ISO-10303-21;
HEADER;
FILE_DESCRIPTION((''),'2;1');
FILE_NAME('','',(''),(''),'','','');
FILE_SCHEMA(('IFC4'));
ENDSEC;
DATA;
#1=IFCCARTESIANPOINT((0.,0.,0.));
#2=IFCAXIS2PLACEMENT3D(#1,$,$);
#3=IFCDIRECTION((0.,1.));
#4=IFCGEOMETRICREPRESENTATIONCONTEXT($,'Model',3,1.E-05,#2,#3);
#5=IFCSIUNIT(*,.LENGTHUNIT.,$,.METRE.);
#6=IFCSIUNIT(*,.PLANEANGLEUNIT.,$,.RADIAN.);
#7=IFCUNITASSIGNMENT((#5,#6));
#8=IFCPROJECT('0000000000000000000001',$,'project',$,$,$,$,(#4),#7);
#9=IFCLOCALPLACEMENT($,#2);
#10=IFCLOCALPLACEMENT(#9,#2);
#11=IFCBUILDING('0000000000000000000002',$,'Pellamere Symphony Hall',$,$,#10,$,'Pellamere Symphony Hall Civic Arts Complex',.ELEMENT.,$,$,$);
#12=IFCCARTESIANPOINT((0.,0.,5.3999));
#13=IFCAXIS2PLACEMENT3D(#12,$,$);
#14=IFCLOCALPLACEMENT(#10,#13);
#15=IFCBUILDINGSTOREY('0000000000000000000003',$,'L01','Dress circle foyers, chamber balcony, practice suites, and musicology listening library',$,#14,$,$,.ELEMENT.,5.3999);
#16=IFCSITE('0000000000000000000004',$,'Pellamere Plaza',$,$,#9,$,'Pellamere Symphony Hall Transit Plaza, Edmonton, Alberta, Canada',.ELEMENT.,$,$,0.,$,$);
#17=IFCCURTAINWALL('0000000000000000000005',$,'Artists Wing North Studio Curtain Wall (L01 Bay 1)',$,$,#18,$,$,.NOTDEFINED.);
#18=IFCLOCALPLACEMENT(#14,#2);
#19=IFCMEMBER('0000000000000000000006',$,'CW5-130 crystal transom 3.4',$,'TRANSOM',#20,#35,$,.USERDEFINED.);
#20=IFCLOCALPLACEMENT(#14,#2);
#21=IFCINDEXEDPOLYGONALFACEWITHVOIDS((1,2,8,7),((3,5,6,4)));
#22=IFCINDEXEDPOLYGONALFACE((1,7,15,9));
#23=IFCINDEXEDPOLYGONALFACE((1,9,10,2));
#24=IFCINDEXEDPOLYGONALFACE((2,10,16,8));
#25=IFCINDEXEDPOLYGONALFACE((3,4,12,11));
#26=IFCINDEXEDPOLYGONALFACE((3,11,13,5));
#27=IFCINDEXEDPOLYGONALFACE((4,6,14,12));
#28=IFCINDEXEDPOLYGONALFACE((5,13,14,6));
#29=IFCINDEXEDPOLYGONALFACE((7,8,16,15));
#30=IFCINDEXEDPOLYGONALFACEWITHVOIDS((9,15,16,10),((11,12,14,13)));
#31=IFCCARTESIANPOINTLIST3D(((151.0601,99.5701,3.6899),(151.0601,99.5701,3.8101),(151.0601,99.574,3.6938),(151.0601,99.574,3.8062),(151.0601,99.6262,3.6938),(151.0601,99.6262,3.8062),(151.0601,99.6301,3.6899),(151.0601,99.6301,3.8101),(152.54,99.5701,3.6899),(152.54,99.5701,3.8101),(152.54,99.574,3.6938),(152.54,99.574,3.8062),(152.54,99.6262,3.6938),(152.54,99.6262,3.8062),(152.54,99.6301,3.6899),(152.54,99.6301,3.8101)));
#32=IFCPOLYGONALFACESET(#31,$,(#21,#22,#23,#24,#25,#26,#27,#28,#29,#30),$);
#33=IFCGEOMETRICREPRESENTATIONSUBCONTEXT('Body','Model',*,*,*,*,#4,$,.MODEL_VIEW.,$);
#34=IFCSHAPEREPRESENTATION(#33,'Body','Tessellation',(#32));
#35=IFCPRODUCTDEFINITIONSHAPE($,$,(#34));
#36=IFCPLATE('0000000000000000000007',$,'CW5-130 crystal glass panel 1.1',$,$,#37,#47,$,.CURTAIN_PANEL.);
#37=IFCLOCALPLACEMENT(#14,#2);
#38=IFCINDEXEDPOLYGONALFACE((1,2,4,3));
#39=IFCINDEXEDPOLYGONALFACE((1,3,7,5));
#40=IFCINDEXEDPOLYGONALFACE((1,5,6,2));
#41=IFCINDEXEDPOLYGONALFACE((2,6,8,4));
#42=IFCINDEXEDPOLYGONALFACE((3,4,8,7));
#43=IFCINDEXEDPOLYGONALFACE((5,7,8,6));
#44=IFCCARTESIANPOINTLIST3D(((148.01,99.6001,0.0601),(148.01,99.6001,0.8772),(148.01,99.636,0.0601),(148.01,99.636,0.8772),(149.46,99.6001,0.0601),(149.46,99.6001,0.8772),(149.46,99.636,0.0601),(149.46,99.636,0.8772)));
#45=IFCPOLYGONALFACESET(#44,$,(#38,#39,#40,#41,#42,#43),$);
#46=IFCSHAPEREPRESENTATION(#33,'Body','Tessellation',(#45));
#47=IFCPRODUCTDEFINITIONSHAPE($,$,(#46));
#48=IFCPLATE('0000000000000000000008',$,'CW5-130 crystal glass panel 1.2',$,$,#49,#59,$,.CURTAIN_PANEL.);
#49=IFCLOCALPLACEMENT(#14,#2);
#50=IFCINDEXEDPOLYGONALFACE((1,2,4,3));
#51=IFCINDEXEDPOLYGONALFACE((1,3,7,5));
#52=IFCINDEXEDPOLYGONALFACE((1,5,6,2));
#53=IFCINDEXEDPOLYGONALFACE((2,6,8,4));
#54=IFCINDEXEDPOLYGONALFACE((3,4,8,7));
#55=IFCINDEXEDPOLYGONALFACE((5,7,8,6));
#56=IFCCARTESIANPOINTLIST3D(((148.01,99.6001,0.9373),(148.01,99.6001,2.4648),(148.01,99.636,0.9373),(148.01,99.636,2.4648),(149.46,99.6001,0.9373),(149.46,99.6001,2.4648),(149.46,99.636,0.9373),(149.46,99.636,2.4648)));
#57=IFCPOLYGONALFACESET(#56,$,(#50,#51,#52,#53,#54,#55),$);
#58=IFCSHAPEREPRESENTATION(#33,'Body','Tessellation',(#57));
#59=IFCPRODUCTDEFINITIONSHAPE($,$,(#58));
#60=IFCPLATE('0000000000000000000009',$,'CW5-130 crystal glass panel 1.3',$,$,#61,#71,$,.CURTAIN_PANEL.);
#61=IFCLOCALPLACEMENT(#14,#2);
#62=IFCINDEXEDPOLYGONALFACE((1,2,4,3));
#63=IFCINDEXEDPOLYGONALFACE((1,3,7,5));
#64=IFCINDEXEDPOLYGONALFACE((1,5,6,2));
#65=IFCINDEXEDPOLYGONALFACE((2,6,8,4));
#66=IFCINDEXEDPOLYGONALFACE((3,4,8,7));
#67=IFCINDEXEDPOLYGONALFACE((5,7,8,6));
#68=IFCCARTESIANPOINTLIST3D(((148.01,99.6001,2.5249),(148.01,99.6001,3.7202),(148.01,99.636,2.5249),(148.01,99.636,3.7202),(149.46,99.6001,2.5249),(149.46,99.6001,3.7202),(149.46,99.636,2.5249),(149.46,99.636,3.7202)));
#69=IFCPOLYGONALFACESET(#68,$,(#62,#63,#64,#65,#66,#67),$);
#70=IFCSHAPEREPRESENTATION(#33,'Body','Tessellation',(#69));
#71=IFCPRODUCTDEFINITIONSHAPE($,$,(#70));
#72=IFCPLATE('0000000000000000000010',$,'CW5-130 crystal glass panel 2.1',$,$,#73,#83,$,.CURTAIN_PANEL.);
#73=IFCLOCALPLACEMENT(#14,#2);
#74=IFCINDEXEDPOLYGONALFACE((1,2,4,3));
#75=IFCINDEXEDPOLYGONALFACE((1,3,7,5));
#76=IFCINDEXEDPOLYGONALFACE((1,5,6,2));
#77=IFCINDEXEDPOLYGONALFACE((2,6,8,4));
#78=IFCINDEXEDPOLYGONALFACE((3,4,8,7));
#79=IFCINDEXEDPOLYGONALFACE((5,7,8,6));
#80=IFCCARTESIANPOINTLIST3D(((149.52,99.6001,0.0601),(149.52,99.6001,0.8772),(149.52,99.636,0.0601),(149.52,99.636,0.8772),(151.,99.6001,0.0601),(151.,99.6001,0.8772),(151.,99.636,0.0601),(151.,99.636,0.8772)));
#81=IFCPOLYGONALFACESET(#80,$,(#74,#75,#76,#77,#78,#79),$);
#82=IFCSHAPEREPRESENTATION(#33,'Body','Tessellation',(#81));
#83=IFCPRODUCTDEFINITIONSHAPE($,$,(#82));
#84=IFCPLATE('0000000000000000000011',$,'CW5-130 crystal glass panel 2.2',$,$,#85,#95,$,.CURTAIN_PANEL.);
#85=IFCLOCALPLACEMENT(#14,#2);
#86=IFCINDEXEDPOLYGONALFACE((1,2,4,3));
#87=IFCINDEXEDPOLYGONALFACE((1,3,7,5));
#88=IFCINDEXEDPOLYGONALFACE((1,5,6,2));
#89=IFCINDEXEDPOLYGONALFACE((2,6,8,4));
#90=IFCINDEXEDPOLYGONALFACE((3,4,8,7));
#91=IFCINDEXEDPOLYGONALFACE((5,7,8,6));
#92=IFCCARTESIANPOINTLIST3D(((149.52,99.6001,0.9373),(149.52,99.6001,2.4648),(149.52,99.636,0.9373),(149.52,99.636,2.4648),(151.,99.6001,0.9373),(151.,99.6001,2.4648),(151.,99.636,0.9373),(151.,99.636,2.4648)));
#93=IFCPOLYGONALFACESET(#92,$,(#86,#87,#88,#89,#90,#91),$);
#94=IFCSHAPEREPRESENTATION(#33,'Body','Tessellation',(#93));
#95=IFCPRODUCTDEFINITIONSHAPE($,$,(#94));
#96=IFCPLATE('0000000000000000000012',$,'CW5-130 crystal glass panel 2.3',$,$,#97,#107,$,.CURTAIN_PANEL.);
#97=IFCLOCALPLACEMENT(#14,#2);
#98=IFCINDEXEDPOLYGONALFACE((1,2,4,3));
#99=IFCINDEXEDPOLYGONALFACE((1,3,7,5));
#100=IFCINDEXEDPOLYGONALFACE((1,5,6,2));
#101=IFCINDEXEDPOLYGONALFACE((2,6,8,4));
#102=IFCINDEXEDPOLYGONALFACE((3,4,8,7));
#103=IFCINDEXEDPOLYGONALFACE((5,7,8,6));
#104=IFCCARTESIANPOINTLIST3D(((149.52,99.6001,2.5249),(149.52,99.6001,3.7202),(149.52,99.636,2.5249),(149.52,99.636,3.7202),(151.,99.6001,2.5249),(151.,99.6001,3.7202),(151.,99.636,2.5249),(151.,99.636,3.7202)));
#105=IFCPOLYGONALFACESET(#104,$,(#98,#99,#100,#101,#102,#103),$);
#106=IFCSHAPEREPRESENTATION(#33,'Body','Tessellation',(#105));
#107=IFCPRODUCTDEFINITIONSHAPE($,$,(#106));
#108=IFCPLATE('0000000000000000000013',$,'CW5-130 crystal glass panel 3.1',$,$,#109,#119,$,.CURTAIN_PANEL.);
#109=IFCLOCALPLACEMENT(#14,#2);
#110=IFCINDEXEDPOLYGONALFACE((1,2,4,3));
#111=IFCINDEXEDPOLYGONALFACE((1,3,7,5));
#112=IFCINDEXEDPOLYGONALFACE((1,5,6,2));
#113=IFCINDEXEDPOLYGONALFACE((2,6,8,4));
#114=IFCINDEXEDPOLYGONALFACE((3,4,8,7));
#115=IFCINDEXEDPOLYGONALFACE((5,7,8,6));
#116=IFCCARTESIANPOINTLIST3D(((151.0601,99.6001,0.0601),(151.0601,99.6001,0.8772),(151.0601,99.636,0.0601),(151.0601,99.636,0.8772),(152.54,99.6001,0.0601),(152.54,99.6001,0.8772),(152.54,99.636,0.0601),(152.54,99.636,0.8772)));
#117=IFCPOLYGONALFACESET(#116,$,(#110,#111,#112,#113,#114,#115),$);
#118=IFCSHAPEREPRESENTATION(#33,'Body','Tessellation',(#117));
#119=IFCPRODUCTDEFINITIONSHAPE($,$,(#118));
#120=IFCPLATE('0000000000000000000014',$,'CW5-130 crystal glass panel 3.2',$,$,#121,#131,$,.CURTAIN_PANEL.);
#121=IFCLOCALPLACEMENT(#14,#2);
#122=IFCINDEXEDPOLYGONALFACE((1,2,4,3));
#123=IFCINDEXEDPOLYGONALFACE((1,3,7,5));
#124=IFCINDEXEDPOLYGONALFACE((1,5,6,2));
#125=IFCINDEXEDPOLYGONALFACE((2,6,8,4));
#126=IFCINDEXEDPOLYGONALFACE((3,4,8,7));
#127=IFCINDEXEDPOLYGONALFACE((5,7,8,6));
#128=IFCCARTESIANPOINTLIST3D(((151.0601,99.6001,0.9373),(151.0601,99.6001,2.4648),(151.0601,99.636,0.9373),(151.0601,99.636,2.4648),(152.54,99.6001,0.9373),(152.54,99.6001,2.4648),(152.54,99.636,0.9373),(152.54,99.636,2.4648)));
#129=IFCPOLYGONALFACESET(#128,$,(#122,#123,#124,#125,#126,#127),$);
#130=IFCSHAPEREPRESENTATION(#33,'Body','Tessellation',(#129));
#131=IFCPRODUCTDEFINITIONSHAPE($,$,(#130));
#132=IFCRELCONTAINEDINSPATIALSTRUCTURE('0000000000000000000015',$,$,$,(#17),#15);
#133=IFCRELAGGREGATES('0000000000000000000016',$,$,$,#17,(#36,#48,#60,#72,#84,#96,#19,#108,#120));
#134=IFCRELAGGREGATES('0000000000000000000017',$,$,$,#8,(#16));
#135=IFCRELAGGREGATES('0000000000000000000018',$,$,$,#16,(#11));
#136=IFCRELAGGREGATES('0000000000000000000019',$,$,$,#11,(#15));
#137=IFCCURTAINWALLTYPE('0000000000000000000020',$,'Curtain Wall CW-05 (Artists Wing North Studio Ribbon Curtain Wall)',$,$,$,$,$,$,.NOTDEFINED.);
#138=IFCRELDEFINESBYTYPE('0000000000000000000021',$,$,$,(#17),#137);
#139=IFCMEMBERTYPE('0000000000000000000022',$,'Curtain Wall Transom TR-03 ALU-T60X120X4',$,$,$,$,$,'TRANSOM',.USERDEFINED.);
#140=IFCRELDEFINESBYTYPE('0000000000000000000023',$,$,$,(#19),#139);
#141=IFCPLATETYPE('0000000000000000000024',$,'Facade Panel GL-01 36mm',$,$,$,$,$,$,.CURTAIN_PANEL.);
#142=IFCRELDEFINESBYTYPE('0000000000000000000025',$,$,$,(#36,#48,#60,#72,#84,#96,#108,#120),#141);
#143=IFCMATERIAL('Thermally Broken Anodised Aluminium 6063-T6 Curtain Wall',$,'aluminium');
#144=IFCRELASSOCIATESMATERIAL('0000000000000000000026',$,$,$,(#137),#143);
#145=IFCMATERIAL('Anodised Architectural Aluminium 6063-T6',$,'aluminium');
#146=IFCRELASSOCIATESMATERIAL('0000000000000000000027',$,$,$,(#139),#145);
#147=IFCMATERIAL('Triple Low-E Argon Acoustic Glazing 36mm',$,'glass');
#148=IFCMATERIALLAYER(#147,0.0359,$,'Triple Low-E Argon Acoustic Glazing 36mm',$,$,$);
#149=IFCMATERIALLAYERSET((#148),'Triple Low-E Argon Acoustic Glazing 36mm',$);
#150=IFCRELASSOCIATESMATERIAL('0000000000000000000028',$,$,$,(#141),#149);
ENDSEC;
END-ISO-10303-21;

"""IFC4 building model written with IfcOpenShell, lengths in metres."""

from ifc_helpers import new_model, si_unit, direction, frame, origin, origin_2d, place, context, subcontext, project, spatial, polyline, hollow_rectangle, outline, extrude, material, layer, layer_set, material_profile, profile_set, type_object, element, aggregate, save


model = new_model("IFC4")

# Units and contexts
model_context = context("Model", 3, precision=1e-05, world=origin(), true_north=direction((0.0, 1.0)))
body_context = subcontext(model_context, "Body", "Model", "MODEL_VIEW")
ifc_project = project(units=[si_unit("LENGTHUNIT", "METRE"), si_unit("PLANEANGLEUNIT", "RADIAN")], contexts=[model_context])

# Site, building, storey
site_placement = place(None, origin())
site = spatial("IfcSite", under=ifc_project, at=site_placement, Name="Pellamere Plaza", LongName="Pellamere Symphony Hall Transit Plaza, Edmonton, Alberta, Canada", CompositionType="ELEMENT", RefElevation=0.0)
building_placement = place(site_placement, origin())
building = spatial("IfcBuilding", under=site, at=building_placement, Name="Pellamere Symphony Hall", LongName="Pellamere Symphony Hall Civic Arts Complex", CompositionType="ELEMENT")
storey_placement = place(building_placement, frame((0.0, 0.0, 5.3999)))
storey = spatial("IfcBuildingStorey", under=building, at=storey_placement, Name="L01", Description="Dress circle foyers, chamber balcony, practice suites, and musicology listening library", CompositionType="ELEMENT", Elevation=5.3999)

# Curtain wall, member, plates
ifc_material_1 = material(Name="Thermally Broken Anodised Aluminium 6063-T6 Curtain Wall", Category="aluminium")
curtain_wall_type = type_object("IfcCurtainWallType", Name="Curtain Wall CW-05 (Artists Wing North Studio Ribbon Curtain Wall)", PredefinedType="NOTDEFINED", material=ifc_material_1)
curtain_wall_placement = place(storey_placement, origin())
curtain_wall = element("IfcCurtainWall", 1, at=curtain_wall_placement, inside=storey, type_object=curtain_wall_type, Name="Artists Wing North Studio Curtain Wall (L01 Bay 1)", PredefinedType="NOTDEFINED")
ifc_material_2 = material(Name="Anodised Architectural Aluminium 6063-T6", Category="aluminium")
ifc_material_profile_1 = material_profile(ifc_material_2, hollow_rectangle(XDim=0.0601, YDim=0.1201, WallThickness=0.0039, at=origin_2d()), Name="ALU-T60X120X4")
ifc_profile_set_1 = profile_set([ifc_material_profile_1], Name="Anodised Architectural Aluminium 6063-T6")
member_type_1 = type_object("IfcMemberType", Name="Curtain Wall Transom TR-03 ALU-T60X120X4", ElementType="TRANSOM", PredefinedType="USERDEFINED", material=ifc_profile_set_1)
member_1_placement = place(storey_placement, frame((151.0601, 99.6001, 3.75), z_axis=(1.0, 0.0, 0.0), x_axis=(0.0, 1.0, 0.0)))
member_1 = element("IfcMember", 2, at=member_1_placement, type_object=member_type_1, Name="CW5-130 crystal transom 3.4", ObjectType="TRANSOM", PredefinedType="USERDEFINED", context=body_context, shape_type="SweptSolid", body=[
    extrude(hollow_rectangle(XDim=0.0601, YDim=0.1201, WallThickness=0.0039, at=origin_2d()), origin(), (0.0, 0.0, 1.0), 1.48),
])
ifc_material_3 = material(Name="Triple Low-E Argon Acoustic Glazing 36mm", Category="glass")
ifc_layer = layer(ifc_material_3, 0.0359, Name="Triple Low-E Argon Acoustic Glazing 36mm")
ifc_layer_set = layer_set([ifc_layer], Name="Triple Low-E Argon Acoustic Glazing 36mm")
plate_type = type_object("IfcPlateType", Name="Facade Panel GL-01 36mm", PredefinedType="CURTAIN_PANEL", material=ifc_layer_set)
plate_1_placement = place(storey_placement, frame((148.01, 99.6001, 0.0601), z_axis=(0.0, -1.0, 0.0), x_axis=(1.0, 0.0, 0.0)))
plate_1 = element("IfcPlate", 3, at=plate_1_placement, type_object=plate_type, Name="CW5-130 crystal glass panel 1.1", PredefinedType="CURTAIN_PANEL", context=body_context, shape_type="SweptSolid", body=[
    extrude(outline(polyline([(0.0, 0.0), (1.45, 0.0), (1.45, 0.8171), (0.0, 0.8171), (0.0, 0.0)])), origin(), (0.0, 0.0, -1.0), 0.0359),
])
plate_2_placement = place(storey_placement, frame((148.01, 99.6001, 0.9373), z_axis=(0.0, -1.0, 0.0), x_axis=(1.0, 0.0, 0.0)))
plate_2 = element("IfcPlate", 4, at=plate_2_placement, type_object=plate_type, Name="CW5-130 crystal glass panel 1.2", PredefinedType="CURTAIN_PANEL", context=body_context, shape_type="SweptSolid", body=[
    extrude(outline(polyline([(0.0, 0.0), (1.45, 0.0), (1.45, 1.5276), (0.0, 1.5276), (0.0, 0.0)])), origin(), (0.0, 0.0, -1.0), 0.0359),
])
plate_3_placement = place(storey_placement, frame((148.01, 99.6001, 2.5249), z_axis=(0.0, -1.0, 0.0), x_axis=(1.0, 0.0, 0.0)))
plate_3 = element("IfcPlate", 5, at=plate_3_placement, type_object=plate_type, Name="CW5-130 crystal glass panel 1.3", PredefinedType="CURTAIN_PANEL", context=body_context, shape_type="SweptSolid", body=[
    extrude(outline(polyline([(0.0, 0.0), (1.45, 0.0), (1.45, 1.1953), (0.0, 1.1953), (0.0, 0.0)])), origin(), (0.0, 0.0, -1.0), 0.0359),
])
plate_4_placement = place(storey_placement, frame((149.52, 99.6001, 0.0601), z_axis=(0.0, -1.0, 0.0), x_axis=(1.0, 0.0, 0.0)))
plate_4 = element("IfcPlate", 6, at=plate_4_placement, type_object=plate_type, Name="CW5-130 crystal glass panel 2.1", PredefinedType="CURTAIN_PANEL", context=body_context, shape_type="SweptSolid", body=[
    extrude(outline(polyline([(0.0, 0.0), (1.48, 0.0), (1.48, 0.8171), (0.0, 0.8171), (0.0, 0.0)])), origin(), (0.0, 0.0, -1.0), 0.0359),
])
plate_5_placement = place(storey_placement, frame((149.52, 99.6001, 0.9373), z_axis=(0.0, -1.0, 0.0), x_axis=(1.0, 0.0, 0.0)))
plate_5 = element("IfcPlate", 7, at=plate_5_placement, type_object=plate_type, Name="CW5-130 crystal glass panel 2.2", PredefinedType="CURTAIN_PANEL", context=body_context, shape_type="SweptSolid", body=[
    extrude(outline(polyline([(0.0, 0.0), (1.48, 0.0), (1.48, 1.5276), (0.0, 1.5276), (0.0, 0.0)])), origin(), (0.0, 0.0, -1.0), 0.0359),
])
plate_6_placement = place(storey_placement, frame((149.52, 99.6001, 2.5249), z_axis=(0.0, -1.0, 0.0), x_axis=(1.0, 0.0, 0.0)))
plate_6 = element("IfcPlate", 8, at=plate_6_placement, type_object=plate_type, Name="CW5-130 crystal glass panel 2.3", PredefinedType="CURTAIN_PANEL", context=body_context, shape_type="SweptSolid", body=[
    extrude(outline(polyline([(0.0, 0.0), (1.48, 0.0), (1.48, 1.1953), (0.0, 1.1953), (0.0, 0.0)])), origin(), (0.0, 0.0, -1.0), 0.0359),
])
plate_7_placement = place(storey_placement, frame((151.0601, 99.6001, 0.0601), z_axis=(0.0, -1.0, 0.0), x_axis=(1.0, 0.0, 0.0)))
plate_7 = element("IfcPlate", 9, at=plate_7_placement, type_object=plate_type, Name="CW5-130 crystal glass panel 3.1", PredefinedType="CURTAIN_PANEL", context=body_context, shape_type="SweptSolid", body=[
    extrude(outline(polyline([(0.0, 0.0), (1.48, 0.0), (1.48, 0.8171), (0.0, 0.8171), (0.0, 0.0)])), origin(), (0.0, 0.0, -1.0), 0.0359),
])
plate_8_placement = place(storey_placement, frame((151.0601, 99.6001, 0.9373), z_axis=(0.0, -1.0, 0.0), x_axis=(1.0, 0.0, 0.0)))
plate_8 = element("IfcPlate", 10, at=plate_8_placement, type_object=plate_type, Name="CW5-130 crystal glass panel 3.2", PredefinedType="CURTAIN_PANEL", context=body_context, shape_type="SweptSolid", body=[
    extrude(outline(polyline([(0.0, 0.0), (1.48, 0.0), (1.48, 1.5276), (0.0, 1.5276), (0.0, 0.0)])), origin(), (0.0, 0.0, -1.0), 0.0359),
])
aggregate(curtain_wall, [plate_1, plate_2, plate_3, plate_4, plate_5, plate_6, member_1, plate_7, plate_8])

save(model, "model.ifc")
